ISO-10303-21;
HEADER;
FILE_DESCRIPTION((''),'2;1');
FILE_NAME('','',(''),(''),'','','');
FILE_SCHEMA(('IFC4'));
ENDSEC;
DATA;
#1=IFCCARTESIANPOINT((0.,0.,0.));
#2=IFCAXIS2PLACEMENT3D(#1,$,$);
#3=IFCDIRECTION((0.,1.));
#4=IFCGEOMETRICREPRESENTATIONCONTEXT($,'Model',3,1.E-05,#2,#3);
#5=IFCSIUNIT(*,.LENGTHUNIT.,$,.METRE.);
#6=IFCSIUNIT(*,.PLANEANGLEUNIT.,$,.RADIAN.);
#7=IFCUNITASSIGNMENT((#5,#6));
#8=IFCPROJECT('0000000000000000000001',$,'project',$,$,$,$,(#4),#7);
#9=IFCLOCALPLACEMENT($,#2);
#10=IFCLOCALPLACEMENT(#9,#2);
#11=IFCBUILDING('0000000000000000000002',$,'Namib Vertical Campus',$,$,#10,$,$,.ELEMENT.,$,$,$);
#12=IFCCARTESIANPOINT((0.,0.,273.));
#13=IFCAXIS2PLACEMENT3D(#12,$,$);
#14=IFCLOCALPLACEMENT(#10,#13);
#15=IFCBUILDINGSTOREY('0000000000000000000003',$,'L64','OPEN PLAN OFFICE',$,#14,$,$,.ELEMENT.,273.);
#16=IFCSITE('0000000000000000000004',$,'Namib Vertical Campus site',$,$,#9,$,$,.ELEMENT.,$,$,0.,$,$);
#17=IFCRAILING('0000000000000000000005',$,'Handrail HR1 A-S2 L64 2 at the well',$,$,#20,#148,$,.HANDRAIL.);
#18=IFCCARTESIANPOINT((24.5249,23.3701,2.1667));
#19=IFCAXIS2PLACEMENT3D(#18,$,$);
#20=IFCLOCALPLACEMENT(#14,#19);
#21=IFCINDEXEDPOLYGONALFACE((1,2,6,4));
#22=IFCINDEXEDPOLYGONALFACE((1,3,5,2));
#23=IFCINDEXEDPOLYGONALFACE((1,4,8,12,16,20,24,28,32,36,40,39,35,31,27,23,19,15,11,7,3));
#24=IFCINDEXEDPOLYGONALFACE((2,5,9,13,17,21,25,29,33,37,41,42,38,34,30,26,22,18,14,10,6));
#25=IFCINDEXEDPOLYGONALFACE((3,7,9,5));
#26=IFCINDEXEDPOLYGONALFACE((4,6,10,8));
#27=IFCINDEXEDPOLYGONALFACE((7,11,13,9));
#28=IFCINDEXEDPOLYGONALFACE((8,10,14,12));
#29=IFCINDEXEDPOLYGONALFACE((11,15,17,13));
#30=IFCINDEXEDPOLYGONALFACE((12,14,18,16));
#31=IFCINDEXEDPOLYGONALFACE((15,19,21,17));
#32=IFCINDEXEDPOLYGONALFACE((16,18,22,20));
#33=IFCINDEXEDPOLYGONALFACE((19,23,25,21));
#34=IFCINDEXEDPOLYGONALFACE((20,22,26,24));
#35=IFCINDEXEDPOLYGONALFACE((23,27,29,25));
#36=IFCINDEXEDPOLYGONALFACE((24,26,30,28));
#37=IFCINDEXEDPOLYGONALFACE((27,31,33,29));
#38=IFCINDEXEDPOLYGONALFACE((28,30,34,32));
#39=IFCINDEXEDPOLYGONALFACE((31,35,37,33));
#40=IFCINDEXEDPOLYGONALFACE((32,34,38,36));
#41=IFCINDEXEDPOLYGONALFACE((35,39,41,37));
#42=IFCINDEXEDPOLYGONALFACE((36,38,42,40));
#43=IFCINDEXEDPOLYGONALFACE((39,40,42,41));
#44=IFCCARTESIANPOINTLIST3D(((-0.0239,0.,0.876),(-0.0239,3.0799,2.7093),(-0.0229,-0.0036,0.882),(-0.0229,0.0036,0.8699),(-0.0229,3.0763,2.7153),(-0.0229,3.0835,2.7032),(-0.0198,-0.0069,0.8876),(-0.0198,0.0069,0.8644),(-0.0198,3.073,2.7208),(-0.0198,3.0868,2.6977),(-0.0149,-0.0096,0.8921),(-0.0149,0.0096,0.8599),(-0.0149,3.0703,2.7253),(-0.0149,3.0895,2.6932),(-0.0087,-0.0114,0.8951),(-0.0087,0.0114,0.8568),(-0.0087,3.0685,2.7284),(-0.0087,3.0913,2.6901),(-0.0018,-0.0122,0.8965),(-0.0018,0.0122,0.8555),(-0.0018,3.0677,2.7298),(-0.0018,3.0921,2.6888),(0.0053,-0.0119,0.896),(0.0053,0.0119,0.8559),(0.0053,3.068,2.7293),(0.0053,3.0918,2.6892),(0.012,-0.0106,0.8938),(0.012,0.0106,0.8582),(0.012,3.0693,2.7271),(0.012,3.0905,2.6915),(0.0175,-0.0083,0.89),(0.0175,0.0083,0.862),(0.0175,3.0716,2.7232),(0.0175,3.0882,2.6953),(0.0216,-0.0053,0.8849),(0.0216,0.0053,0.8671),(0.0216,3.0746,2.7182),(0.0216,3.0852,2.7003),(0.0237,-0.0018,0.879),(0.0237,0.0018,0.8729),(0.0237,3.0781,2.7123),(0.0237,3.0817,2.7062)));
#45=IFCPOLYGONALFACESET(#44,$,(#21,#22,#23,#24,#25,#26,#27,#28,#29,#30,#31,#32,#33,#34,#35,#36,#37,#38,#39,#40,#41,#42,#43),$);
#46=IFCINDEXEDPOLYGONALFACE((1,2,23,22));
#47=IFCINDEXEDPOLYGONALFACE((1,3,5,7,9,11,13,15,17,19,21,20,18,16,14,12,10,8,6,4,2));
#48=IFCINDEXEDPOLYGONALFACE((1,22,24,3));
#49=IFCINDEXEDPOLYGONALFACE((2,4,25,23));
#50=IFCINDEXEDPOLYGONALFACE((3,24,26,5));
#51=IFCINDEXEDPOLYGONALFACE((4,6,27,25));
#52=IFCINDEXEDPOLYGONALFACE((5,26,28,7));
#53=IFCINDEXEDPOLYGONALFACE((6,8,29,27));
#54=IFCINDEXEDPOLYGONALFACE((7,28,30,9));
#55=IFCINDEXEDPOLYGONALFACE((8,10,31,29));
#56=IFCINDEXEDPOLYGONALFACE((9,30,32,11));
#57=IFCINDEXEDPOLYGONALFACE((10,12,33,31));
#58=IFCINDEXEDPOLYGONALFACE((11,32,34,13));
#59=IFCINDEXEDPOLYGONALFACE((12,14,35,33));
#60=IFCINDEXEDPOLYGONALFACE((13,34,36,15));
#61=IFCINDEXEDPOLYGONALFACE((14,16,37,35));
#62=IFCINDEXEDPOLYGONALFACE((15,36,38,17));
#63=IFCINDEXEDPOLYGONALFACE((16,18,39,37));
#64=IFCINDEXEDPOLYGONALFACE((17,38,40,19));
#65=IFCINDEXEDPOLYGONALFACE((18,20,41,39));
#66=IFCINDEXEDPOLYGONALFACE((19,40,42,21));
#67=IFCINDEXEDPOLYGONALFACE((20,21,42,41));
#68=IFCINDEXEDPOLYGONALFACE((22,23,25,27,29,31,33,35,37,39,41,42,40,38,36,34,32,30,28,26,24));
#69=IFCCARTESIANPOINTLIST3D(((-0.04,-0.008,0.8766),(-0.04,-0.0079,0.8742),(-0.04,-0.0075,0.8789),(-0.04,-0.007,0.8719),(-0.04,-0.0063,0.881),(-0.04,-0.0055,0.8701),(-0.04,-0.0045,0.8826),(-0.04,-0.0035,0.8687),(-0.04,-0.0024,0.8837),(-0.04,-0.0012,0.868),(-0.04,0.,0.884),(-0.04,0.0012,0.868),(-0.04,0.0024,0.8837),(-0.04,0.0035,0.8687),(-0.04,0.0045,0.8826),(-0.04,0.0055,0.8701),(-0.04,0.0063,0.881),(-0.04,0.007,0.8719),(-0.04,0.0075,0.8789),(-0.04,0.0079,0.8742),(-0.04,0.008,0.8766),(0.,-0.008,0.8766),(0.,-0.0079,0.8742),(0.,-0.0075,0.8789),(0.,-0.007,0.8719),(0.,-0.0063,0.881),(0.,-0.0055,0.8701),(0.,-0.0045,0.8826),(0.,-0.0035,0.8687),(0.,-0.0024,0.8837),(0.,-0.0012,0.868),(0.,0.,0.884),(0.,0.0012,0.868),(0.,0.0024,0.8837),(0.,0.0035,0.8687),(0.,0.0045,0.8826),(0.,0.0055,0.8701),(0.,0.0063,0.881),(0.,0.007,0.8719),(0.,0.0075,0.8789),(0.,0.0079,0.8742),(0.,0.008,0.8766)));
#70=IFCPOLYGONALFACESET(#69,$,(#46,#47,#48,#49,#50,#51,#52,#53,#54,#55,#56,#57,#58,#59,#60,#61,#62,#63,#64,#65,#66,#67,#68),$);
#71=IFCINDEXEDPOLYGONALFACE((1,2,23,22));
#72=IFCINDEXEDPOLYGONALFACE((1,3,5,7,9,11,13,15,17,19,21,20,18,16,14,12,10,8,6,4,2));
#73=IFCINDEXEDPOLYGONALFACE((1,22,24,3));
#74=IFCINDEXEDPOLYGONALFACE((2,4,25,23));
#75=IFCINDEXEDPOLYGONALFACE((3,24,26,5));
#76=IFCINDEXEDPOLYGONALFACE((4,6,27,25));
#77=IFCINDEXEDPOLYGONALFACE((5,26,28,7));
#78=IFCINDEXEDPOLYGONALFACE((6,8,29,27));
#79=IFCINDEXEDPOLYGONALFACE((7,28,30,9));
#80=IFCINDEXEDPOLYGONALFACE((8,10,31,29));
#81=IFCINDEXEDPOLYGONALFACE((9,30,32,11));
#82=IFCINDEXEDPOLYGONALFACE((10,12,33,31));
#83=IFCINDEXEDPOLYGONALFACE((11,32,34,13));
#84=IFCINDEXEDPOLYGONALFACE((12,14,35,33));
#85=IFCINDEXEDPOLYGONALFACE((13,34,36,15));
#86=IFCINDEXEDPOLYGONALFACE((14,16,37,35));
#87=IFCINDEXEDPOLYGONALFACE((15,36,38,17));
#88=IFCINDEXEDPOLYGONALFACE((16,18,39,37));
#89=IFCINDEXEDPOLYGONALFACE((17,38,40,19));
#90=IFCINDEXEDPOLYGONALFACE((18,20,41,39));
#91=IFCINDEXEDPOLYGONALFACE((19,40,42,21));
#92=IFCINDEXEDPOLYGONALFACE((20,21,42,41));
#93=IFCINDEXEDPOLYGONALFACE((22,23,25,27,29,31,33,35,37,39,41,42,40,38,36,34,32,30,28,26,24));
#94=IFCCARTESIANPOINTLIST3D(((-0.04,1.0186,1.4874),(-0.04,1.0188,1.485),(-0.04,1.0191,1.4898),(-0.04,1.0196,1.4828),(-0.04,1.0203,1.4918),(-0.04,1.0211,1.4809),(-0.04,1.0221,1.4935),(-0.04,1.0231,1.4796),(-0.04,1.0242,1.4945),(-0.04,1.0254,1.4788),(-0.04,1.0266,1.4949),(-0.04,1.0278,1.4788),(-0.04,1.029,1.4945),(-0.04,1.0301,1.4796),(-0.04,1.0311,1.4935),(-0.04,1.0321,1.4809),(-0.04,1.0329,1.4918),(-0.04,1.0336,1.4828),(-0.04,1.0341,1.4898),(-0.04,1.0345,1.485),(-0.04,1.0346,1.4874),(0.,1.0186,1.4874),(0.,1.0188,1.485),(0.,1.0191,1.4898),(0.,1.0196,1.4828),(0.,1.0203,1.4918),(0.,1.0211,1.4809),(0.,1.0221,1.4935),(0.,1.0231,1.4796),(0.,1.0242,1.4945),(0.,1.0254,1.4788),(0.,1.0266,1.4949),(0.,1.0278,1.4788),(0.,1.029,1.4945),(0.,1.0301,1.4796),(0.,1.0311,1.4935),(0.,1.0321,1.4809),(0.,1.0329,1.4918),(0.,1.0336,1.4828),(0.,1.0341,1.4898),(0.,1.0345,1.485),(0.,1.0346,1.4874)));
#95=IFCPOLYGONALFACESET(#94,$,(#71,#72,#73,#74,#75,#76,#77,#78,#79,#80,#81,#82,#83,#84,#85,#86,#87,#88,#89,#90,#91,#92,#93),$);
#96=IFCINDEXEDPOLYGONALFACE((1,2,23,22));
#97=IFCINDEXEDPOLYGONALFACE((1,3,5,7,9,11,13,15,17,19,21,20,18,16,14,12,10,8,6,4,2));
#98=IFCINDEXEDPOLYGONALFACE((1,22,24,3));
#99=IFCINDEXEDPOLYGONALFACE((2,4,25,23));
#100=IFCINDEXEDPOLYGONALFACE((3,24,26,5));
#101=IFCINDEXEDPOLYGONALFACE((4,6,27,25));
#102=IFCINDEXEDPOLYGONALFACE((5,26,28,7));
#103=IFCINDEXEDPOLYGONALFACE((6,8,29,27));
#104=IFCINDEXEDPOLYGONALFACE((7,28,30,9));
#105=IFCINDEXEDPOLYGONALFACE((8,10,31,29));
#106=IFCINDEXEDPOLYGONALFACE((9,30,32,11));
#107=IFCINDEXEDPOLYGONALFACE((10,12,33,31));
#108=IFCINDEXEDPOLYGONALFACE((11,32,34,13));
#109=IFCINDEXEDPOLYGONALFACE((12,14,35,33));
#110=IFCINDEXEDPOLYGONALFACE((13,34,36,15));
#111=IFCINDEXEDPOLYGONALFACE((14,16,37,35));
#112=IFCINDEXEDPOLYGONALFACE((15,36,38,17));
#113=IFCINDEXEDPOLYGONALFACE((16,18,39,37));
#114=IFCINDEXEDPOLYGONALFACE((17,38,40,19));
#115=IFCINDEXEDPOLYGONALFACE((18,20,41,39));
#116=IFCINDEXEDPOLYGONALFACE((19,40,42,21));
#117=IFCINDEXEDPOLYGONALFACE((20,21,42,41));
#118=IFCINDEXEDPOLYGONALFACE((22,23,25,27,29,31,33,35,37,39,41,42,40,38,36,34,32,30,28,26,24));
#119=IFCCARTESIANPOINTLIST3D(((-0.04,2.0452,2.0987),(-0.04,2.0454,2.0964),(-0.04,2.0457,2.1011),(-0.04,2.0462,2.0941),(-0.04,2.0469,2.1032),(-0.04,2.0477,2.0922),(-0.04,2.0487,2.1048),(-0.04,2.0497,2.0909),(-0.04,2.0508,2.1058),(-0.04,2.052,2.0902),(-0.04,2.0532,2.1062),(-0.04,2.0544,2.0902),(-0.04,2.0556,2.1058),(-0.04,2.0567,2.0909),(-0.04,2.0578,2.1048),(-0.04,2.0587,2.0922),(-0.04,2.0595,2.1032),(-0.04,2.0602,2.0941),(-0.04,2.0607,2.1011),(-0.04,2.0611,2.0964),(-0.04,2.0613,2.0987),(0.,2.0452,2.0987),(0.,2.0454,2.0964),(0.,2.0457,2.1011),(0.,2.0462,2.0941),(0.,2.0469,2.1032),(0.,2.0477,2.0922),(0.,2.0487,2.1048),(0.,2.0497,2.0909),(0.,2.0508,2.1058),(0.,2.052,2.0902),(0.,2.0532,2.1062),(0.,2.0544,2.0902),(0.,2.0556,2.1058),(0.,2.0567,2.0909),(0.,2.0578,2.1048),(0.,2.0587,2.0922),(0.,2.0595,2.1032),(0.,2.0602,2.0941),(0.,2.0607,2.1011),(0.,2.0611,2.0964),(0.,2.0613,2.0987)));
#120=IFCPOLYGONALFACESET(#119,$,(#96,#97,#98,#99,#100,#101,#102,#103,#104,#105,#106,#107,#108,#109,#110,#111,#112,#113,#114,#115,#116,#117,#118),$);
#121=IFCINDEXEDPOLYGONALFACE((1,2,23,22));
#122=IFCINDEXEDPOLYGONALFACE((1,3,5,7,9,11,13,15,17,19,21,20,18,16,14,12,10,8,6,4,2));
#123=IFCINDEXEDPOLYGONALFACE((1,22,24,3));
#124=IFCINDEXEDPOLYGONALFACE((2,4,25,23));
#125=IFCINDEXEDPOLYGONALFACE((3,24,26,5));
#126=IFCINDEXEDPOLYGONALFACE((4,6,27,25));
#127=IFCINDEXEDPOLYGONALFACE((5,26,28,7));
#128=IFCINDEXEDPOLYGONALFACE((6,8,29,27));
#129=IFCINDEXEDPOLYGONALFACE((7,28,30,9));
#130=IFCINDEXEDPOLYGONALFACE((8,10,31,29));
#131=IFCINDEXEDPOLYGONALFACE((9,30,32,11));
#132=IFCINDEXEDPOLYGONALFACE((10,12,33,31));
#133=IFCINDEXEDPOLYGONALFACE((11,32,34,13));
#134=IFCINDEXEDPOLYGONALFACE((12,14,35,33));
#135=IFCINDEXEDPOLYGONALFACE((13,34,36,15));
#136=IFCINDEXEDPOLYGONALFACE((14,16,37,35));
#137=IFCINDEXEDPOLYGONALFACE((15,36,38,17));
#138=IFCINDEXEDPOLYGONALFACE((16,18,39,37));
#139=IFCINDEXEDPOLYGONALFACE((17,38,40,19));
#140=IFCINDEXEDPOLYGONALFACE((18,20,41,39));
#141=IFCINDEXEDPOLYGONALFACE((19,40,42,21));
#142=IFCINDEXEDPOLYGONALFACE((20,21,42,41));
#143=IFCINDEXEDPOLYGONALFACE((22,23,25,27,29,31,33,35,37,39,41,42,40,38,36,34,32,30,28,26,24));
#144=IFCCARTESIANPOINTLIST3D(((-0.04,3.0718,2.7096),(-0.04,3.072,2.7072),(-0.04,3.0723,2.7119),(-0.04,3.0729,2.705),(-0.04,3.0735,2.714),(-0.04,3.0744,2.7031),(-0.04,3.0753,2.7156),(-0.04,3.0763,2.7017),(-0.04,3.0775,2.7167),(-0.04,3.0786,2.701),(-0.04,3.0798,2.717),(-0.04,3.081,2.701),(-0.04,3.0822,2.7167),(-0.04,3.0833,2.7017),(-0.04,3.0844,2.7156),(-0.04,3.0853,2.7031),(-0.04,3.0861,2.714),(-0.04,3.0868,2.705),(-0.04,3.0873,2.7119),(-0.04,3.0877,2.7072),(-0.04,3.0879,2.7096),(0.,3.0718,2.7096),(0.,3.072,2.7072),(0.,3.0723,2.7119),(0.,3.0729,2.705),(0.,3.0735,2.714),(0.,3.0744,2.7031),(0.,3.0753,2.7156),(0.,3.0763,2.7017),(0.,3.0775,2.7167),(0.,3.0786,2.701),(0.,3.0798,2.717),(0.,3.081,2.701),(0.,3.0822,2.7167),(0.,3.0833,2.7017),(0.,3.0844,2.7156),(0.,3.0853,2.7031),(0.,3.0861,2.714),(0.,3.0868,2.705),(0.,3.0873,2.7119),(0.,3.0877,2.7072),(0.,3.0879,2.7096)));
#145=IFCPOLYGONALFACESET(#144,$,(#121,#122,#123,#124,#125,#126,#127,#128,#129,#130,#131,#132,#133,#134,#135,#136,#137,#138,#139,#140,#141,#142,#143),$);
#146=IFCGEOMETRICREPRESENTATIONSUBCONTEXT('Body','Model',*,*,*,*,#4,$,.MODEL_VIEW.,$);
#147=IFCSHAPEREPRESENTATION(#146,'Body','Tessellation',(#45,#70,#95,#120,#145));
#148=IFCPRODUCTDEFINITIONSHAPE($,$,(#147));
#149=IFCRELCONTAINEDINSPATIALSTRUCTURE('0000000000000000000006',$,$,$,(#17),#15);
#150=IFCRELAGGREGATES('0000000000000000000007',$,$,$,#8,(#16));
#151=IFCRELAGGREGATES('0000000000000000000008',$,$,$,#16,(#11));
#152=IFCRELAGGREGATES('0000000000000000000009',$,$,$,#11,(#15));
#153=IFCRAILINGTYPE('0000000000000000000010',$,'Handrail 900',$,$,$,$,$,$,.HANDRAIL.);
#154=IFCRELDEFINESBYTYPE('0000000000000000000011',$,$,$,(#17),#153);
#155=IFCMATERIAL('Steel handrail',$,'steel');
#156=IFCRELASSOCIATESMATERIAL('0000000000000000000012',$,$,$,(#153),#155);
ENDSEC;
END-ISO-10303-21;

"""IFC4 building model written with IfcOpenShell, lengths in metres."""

from ifc_helpers import new_model, si_unit, direction, frame, origin, origin_2d, place, context, subcontext, project, spatial, circle, extrude, material, type_object, element, save


model = new_model("IFC4")

# Units and contexts
model_context = context("Model", 3, precision=1e-05, world=origin(), true_north=direction((0.0, 1.0)))
body_context = subcontext(model_context, "Body", "Model", "MODEL_VIEW")
ifc_project = project(units=[si_unit("LENGTHUNIT", "METRE"), si_unit("PLANEANGLEUNIT", "RADIAN")], contexts=[model_context])

# Site, building, storey
site_placement = place(None, origin())
site = spatial("IfcSite", under=ifc_project, at=site_placement, Name="Namib Vertical Campus site", CompositionType="ELEMENT", RefElevation=0.0)
building_placement = place(site_placement, origin())
building = spatial("IfcBuilding", under=site, at=building_placement, Name="Namib Vertical Campus", CompositionType="ELEMENT")
storey_placement = place(building_placement, frame((0.0, 0.0, 273.0)))
storey = spatial("IfcBuildingStorey", under=building, at=storey_placement, Name="L64", Description="OPEN PLAN OFFICE", CompositionType="ELEMENT", Elevation=273.0)

# Railing
ifc_material_1 = material(Name="Steel handrail", Category="steel")
railing_type_1 = type_object("IfcRailingType", Name="Handrail 900", PredefinedType="HANDRAIL", material=ifc_material_1)
railing_1_placement = place(storey_placement, frame((24.5249, 23.3701, 2.1667)))
element("IfcRailing", 1, at=railing_1_placement, inside=storey, type_object=railing_type_1, Name="Handrail HR1 A-S2 L64 2 at the well", PredefinedType="HANDRAIL", context=body_context, shape_type="SweptSolid", body=[
    extrude(circle(Radius=0.0239, at=origin_2d()), frame((0.0, 0.0, 0.876), z_axis=(0.0, 0.859291, 0.511487), x_axis=(-1.0, 0.0, 0.0)), (0.0, 0.0, 1.0), 3.5842),
    extrude(circle(Radius=0.0081, at=origin_2d()), frame((0.0, 0.0, 0.876), z_axis=(-1.0, 0.0, 0.0), x_axis=(0.0, 0.0, 1.0)), (0.0, 0.0, 1.0), 0.04),
    extrude(circle(Radius=0.0081, at=origin_2d()), frame((0.0, 1.0266, 1.4868), z_axis=(-1.0, 0.0, 0.0), x_axis=(0.0, 0.0, 1.0)), (0.0, 0.0, 1.0), 0.04),
    extrude(circle(Radius=0.0081, at=origin_2d()), frame((0.0, 2.0532, 2.0981), z_axis=(-1.0, 0.0, 0.0), x_axis=(0.0, 0.0, 1.0)), (0.0, 0.0, 1.0), 0.04),
    extrude(circle(Radius=0.0081, at=origin_2d()), frame((0.0, 3.0798, 2.709), z_axis=(-1.0, 0.0, 0.0), x_axis=(0.0, 0.0, 1.0)), (0.0, 0.0, 1.0), 0.04),
])

save(model, "model.ifc")
